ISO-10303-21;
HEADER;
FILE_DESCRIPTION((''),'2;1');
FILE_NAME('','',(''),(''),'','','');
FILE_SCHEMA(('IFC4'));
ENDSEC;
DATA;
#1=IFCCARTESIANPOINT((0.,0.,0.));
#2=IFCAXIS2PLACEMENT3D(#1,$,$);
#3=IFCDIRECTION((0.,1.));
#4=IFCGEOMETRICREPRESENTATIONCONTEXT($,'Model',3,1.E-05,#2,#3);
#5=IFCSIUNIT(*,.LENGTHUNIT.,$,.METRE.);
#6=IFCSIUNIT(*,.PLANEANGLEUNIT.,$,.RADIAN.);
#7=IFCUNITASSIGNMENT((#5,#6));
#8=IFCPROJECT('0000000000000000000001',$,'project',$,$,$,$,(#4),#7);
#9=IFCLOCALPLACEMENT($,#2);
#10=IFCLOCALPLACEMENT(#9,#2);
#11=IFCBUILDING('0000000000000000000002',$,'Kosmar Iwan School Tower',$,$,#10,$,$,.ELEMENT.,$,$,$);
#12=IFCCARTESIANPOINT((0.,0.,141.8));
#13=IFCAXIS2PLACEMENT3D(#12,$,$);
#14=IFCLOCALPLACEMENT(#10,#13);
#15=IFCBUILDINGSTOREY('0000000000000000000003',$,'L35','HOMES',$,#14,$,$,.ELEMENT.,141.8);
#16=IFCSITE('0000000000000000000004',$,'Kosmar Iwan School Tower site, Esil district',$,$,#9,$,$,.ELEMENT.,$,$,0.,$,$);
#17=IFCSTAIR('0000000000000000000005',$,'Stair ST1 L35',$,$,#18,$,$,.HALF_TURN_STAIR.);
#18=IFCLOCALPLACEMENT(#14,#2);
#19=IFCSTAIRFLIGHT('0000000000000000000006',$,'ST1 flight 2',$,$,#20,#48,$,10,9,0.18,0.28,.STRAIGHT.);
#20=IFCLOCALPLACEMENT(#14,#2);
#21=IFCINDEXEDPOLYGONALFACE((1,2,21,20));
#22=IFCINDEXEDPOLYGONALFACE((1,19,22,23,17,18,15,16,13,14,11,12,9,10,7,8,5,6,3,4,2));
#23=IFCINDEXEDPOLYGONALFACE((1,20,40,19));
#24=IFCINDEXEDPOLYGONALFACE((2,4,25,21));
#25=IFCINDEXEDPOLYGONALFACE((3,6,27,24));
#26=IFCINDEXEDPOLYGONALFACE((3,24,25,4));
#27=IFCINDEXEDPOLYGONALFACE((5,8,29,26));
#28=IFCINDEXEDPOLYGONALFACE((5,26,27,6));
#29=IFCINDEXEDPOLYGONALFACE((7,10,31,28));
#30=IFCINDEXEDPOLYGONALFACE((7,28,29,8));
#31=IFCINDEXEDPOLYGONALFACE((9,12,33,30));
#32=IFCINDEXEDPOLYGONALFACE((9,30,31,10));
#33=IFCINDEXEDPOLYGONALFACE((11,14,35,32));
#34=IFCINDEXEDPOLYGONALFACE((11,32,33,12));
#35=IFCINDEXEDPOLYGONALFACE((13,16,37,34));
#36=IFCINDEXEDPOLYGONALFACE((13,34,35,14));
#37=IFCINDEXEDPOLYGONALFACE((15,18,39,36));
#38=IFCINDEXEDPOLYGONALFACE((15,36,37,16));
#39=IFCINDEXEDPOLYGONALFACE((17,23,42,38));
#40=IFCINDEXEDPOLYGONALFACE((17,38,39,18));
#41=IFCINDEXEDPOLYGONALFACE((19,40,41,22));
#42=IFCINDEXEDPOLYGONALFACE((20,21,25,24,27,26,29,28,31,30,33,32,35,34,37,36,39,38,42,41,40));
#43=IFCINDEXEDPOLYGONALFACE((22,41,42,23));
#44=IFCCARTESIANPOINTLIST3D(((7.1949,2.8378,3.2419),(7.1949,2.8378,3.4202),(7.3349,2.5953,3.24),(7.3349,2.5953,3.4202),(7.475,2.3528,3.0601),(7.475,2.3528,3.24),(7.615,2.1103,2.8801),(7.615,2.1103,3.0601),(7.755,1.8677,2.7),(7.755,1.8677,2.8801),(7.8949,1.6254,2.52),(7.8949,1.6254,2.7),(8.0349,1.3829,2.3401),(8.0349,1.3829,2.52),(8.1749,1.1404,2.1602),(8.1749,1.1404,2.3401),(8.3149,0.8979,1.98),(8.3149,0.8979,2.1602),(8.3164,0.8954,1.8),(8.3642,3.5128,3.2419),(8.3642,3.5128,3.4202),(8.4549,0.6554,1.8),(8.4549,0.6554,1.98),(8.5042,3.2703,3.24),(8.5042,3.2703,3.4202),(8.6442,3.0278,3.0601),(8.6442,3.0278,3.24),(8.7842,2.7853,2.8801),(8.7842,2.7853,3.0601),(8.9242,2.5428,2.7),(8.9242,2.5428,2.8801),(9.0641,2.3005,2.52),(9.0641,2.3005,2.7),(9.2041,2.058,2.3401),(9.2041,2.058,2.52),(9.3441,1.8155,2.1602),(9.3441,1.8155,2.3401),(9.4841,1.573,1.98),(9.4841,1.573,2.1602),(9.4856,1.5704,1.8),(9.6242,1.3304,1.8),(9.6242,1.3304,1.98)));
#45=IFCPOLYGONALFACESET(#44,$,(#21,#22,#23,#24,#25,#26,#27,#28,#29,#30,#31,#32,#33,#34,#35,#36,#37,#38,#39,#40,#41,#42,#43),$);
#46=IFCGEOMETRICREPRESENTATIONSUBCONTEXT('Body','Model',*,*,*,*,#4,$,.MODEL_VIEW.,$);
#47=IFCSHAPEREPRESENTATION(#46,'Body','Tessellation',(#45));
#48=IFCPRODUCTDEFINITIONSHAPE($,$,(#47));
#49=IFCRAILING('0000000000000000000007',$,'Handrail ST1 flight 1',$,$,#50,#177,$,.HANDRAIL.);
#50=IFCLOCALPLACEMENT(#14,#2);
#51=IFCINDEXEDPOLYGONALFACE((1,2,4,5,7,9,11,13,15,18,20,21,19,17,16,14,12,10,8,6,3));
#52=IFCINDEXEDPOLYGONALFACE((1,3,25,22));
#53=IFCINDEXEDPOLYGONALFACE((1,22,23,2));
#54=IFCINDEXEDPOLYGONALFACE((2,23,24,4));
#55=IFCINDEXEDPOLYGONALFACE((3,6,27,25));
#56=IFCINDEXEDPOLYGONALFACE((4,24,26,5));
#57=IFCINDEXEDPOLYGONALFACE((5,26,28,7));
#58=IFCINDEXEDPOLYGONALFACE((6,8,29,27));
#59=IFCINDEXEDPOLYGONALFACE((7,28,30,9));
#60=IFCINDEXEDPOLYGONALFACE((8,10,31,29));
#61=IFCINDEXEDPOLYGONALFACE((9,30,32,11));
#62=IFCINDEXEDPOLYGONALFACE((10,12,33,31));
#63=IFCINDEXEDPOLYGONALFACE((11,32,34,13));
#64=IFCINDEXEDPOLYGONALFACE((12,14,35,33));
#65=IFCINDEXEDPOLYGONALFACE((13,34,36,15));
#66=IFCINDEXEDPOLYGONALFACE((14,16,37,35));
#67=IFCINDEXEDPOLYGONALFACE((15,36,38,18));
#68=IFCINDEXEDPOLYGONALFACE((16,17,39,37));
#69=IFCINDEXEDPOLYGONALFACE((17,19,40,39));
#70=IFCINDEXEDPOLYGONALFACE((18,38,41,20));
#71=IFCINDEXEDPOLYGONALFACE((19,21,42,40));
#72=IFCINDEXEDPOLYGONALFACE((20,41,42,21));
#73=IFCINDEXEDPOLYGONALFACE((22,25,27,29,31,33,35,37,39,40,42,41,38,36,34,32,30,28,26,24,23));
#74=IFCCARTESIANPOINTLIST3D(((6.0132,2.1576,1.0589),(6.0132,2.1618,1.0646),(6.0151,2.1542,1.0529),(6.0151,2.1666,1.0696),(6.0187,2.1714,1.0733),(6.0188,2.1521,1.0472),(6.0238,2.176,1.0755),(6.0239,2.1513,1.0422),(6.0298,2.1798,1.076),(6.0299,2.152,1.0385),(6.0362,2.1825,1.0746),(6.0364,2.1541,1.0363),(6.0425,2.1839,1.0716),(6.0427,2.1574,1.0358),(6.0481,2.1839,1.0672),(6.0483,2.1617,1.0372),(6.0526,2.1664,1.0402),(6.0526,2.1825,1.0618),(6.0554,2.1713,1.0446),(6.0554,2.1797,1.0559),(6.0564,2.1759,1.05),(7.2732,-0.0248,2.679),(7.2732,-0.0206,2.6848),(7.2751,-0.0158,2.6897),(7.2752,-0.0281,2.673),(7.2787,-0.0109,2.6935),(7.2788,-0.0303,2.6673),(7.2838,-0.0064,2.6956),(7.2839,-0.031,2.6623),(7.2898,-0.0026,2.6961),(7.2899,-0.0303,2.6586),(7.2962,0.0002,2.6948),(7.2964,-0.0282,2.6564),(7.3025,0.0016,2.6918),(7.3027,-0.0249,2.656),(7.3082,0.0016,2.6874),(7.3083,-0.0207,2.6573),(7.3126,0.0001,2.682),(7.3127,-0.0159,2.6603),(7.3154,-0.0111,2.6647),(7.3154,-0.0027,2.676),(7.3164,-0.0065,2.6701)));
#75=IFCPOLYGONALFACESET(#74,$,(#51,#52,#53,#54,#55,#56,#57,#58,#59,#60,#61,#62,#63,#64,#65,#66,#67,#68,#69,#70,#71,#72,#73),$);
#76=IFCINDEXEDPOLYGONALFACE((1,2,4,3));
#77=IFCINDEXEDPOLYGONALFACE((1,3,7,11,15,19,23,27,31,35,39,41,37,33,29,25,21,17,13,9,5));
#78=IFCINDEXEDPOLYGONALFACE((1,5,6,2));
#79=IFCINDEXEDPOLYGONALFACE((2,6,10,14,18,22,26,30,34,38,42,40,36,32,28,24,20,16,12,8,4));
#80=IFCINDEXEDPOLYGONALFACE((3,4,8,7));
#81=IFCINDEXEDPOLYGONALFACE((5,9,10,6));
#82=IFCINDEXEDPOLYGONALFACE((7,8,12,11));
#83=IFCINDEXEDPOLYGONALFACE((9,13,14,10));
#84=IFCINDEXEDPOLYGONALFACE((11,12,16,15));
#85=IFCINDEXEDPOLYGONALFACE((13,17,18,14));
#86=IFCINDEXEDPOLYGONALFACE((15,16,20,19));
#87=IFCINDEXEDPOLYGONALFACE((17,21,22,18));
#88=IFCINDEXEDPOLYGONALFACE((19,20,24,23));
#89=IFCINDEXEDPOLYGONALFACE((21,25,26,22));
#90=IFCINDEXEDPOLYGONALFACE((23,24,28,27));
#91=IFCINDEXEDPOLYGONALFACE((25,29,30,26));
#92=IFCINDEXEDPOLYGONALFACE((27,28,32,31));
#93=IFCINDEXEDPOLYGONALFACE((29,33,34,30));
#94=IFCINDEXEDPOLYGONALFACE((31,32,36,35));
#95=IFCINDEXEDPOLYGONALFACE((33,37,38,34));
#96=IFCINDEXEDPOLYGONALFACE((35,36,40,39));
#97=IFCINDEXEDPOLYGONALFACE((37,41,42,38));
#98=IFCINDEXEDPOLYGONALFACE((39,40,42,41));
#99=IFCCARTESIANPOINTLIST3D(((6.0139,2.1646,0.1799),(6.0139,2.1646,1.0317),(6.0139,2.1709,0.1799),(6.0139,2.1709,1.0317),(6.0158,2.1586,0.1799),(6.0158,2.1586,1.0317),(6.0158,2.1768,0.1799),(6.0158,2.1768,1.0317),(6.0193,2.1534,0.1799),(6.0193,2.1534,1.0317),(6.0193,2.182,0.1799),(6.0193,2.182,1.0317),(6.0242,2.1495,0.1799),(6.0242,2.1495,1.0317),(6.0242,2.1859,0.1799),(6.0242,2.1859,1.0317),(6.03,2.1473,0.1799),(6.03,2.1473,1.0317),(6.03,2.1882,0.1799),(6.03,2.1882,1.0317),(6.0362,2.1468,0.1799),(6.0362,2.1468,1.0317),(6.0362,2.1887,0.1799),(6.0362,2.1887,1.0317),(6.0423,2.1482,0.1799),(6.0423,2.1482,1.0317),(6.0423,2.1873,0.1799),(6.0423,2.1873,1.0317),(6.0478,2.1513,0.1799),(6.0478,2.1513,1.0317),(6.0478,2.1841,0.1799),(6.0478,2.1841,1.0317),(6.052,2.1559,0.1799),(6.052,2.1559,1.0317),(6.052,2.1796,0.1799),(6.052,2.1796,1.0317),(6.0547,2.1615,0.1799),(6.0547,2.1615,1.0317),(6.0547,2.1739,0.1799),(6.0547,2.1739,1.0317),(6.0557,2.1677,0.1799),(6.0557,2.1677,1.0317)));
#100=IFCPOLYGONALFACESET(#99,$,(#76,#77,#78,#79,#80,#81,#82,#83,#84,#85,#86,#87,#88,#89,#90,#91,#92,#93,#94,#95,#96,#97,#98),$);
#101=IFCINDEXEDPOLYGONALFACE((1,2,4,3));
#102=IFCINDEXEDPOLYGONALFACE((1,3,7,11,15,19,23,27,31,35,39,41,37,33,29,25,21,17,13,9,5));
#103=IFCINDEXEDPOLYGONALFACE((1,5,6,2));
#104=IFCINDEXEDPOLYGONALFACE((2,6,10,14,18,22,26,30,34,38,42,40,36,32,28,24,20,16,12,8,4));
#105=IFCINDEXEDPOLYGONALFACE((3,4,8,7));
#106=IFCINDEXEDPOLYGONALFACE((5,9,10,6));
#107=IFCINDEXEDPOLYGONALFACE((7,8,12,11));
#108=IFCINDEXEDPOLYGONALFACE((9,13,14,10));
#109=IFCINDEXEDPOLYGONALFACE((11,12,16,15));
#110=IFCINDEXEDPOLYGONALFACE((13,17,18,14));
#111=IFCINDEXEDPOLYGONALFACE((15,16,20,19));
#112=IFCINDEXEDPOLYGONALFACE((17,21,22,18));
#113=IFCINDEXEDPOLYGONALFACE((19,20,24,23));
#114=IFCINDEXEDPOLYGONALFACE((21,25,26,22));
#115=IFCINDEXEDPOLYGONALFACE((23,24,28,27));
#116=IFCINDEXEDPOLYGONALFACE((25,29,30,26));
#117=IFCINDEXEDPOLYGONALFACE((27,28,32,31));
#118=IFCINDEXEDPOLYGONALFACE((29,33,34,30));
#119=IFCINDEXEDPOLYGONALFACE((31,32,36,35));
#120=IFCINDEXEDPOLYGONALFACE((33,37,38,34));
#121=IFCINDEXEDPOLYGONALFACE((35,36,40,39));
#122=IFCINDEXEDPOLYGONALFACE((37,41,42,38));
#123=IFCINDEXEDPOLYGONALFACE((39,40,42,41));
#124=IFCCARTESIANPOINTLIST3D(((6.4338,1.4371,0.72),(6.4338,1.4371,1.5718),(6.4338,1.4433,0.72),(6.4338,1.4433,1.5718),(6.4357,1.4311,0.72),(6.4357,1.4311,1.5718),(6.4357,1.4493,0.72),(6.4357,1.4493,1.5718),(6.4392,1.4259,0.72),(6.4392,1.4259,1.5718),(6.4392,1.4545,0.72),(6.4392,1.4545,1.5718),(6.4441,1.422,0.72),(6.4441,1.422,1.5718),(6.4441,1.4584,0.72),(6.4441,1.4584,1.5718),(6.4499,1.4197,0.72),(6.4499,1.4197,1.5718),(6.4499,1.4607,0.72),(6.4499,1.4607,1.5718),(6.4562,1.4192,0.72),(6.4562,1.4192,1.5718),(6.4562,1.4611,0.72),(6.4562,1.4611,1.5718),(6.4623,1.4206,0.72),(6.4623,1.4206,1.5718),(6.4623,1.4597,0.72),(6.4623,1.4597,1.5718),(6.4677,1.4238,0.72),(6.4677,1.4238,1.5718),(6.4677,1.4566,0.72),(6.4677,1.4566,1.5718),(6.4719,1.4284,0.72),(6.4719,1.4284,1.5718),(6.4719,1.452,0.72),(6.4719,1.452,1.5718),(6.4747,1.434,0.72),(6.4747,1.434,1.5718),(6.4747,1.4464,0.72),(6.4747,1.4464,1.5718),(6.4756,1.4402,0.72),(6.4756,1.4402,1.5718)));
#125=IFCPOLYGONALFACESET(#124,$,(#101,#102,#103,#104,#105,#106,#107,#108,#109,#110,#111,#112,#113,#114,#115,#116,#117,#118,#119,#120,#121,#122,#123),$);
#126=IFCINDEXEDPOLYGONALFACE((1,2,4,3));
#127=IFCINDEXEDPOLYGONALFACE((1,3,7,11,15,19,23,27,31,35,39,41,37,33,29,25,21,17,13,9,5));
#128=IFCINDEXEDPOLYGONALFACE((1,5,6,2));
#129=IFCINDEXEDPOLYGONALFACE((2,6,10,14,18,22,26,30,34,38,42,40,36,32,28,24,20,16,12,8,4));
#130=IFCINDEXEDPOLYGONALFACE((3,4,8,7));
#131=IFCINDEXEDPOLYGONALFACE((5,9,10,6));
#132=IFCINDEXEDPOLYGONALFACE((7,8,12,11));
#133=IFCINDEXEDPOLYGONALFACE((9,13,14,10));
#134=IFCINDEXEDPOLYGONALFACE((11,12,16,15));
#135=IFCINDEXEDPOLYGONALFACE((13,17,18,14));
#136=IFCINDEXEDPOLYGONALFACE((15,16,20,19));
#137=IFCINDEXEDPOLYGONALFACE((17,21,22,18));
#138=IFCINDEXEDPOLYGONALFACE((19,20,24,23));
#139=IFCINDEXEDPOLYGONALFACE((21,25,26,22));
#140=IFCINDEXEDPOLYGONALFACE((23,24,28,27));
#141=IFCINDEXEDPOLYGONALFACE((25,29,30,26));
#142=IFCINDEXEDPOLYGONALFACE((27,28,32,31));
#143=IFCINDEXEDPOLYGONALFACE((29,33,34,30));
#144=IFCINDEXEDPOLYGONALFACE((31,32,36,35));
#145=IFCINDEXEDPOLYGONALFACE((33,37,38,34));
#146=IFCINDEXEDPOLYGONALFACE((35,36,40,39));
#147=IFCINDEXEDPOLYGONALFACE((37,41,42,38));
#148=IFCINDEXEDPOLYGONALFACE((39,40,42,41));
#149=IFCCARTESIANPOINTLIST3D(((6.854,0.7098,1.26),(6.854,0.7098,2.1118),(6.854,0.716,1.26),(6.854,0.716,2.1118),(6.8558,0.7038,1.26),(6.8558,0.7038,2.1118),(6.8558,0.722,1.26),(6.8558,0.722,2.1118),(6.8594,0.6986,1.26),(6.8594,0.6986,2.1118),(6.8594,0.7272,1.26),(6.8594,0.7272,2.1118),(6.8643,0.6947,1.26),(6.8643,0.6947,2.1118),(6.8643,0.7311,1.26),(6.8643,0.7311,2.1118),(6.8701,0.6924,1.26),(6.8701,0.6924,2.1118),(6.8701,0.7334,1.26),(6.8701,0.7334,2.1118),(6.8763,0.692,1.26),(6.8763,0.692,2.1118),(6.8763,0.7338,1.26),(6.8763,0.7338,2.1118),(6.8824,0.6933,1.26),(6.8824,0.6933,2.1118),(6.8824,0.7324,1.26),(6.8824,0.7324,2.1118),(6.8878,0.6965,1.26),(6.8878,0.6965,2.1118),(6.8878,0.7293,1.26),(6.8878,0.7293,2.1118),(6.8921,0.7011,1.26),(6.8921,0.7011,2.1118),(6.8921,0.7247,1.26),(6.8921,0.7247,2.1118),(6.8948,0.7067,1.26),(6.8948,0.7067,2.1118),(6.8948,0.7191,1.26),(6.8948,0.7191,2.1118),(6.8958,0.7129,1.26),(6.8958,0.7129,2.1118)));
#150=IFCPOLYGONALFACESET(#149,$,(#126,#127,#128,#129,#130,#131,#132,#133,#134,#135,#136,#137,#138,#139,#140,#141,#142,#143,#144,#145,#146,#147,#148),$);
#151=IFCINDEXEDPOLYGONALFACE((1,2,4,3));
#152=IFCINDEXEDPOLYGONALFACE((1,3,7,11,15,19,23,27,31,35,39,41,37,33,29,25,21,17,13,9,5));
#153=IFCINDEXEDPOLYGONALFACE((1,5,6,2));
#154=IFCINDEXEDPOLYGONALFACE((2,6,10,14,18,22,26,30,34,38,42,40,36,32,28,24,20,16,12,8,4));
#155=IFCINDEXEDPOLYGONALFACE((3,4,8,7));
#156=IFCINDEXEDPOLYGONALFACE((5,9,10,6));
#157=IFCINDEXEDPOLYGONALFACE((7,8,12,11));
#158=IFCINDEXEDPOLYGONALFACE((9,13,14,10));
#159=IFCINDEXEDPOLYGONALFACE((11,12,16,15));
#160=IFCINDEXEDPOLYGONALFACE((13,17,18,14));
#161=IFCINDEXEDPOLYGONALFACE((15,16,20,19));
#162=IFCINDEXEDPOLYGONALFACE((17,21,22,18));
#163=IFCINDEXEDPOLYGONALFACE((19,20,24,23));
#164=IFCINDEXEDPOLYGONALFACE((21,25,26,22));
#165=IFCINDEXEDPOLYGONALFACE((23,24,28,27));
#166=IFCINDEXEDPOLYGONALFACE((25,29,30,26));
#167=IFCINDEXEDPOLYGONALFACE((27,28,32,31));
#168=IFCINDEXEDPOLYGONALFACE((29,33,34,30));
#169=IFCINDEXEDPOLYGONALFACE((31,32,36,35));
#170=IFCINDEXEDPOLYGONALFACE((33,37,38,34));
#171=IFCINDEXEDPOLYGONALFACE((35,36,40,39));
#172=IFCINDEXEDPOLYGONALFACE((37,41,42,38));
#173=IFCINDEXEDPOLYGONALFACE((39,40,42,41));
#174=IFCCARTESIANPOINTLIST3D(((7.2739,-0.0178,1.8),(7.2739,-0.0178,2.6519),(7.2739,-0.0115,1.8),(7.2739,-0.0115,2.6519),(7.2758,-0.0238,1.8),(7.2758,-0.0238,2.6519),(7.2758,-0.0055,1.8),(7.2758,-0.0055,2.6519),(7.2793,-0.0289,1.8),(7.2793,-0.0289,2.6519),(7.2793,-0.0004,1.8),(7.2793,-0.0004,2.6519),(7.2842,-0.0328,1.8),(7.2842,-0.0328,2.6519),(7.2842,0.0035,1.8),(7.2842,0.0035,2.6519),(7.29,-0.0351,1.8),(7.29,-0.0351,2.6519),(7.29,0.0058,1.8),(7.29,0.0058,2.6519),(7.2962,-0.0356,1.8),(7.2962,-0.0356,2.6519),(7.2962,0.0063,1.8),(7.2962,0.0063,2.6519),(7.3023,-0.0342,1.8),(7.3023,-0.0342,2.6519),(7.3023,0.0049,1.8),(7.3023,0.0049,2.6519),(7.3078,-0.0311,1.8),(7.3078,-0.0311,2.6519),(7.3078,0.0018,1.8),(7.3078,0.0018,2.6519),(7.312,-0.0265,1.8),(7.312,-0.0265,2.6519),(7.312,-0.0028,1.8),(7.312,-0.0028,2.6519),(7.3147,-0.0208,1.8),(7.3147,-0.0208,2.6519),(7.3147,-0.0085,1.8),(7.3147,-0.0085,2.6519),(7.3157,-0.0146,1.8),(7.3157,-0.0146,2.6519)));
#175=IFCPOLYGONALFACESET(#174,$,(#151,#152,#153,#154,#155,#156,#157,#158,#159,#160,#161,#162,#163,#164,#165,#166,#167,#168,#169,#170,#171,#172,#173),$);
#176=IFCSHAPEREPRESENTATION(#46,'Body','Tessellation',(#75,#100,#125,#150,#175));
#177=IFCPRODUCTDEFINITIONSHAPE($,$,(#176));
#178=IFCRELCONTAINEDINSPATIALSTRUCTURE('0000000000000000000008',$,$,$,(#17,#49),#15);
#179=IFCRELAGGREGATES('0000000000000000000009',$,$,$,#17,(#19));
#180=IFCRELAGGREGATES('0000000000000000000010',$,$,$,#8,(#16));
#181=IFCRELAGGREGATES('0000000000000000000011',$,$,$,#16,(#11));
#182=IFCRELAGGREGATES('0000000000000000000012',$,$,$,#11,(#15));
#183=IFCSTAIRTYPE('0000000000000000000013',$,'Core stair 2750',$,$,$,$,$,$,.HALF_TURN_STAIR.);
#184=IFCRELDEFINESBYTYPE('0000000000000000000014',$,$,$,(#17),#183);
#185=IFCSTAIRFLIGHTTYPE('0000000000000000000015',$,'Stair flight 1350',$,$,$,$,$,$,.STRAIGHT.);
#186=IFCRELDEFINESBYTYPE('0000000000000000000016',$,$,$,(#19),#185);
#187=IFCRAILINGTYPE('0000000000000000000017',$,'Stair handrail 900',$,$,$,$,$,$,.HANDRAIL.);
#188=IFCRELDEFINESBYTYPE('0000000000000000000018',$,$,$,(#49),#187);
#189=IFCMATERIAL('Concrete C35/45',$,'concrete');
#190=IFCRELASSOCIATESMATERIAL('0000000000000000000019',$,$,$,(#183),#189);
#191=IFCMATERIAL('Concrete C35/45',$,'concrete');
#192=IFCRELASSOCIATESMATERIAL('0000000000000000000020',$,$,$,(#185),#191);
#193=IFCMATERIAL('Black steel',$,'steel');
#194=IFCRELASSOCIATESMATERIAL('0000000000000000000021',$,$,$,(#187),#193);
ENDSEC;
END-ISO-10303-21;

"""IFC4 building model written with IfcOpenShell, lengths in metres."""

from ifc_helpers import new_model, si_unit, direction, frame, origin, origin_2d, place, context, subcontext, project, spatial, polyline, circle, outline, extrude, material, type_object, element, aggregate, save


model = new_model("IFC4")

# Units and contexts
model_context = context("Model", 3, precision=1e-05, world=origin(), true_north=direction((0.0, 1.0)))
body_context = subcontext(model_context, "Body", "Model", "MODEL_VIEW")
ifc_project = project(units=[si_unit("LENGTHUNIT", "METRE"), si_unit("PLANEANGLEUNIT", "RADIAN")], contexts=[model_context])

# Site, building, storey
site_placement = place(None, origin())
site = spatial("IfcSite", under=ifc_project, at=site_placement, Name="Kosmar Iwan School Tower site, Esil district", CompositionType="ELEMENT", RefElevation=0.0)
building_placement = place(site_placement, origin())
building = spatial("IfcBuilding", under=site, at=building_placement, Name="Kosmar Iwan School Tower", CompositionType="ELEMENT")
storey_placement = place(building_placement, frame((0.0, 0.0, 141.8)))
storey = spatial("IfcBuildingStorey", under=building, at=storey_placement, Name="L35", Description="HOMES", CompositionType="ELEMENT", Elevation=141.8)

# Stair
ifc_material_1 = material(Name="Concrete C35/45", Category="concrete")
stair_type_1 = type_object("IfcStairType", Name="Core stair 2750", PredefinedType="HALF_TURN_STAIR", material=ifc_material_1)
stair_1_placement = place(storey_placement, origin())
stair_1 = element("IfcStair", 1, at=stair_1_placement, inside=storey, type_object=stair_type_1, Name="Stair ST1 L35", PredefinedType="HALF_TURN_STAIR")

# Stair flight
ifc_material_2 = material(Name="Concrete C35/45", Category="concrete")
stair_flight_type = type_object("IfcStairFlightType", Name="Stair flight 1350", PredefinedType="STRAIGHT", material=ifc_material_2)
stair_flight_1_placement = place(storey_placement, frame((9.0396, 0.9929, 1.8), z_axis=(0.0, 0.0, 1.0), x_axis=(-0.5, 0.866025, 0.0)))
stair_flight_1 = element("IfcStairFlight", 2, at=stair_flight_1_placement, type_object=stair_flight_type, Name="ST1 flight 2", NumberOfRisers=10, NumberOfTreads=9, PredefinedType="STRAIGHT", RiserHeight=0.18, TreadLength=0.28, context=body_context, shape_type="SweptSolid", body=[
    extrude(outline(polyline([(0.0, 0.0), (0.0, 0.1799), (0.28, 0.1799), (0.28, 0.3601), (0.5601, 0.3601), (0.5601, 0.54), (0.8401, 0.54), (0.8401, 0.72), (1.1201, 0.72), (1.1201, 0.8999), (1.3999, 0.8999), (1.3999, 1.0801), (1.6799, 1.0801), (1.6799, 1.26), (1.96, 1.26), (1.96, 1.4399), (2.24, 1.4399), (2.24, 1.6201), (2.52, 1.6201), (2.52, 1.8), (2.52, 1.4419), (0.2771, 0.0), (0.0, 0.0)])), frame((0.0, 0.675, 0.0), z_axis=(0.0, -1.0, 0.0), x_axis=(1.0, 0.0, 0.0)), (0.0, 0.0, 1.0), 1.3501),
])
aggregate(stair_1, [stair_flight_1])

# Railing
ifc_material_3 = material(Name="Black steel", Category="steel")
railing_type = type_object("IfcRailingType", Name="Stair handrail 900", PredefinedType="HANDRAIL", material=ifc_material_3)
railing_placement = place(storey_placement, frame((6.0347, 2.1677, 0.1799)))
element("IfcRailing", 3, at=railing_placement, inside=storey, type_object=railing_type, Name="Handrail ST1 flight 1", PredefinedType="HANDRAIL", context=body_context, shape_type="SweptSolid", body=[
    extrude(circle(Radius=0.0239, at=origin_2d()), frame((0.0, 0.0, 0.876), z_axis=(0.420584, -0.728464, 0.540786), x_axis=(0.866023, 0.500005, 0.0)), (0.0, 0.0, 1.0), 2.9958),
    extrude(circle(Radius=0.021, at=origin_2d()), origin(), (0.0, 0.0, 1.0), 0.8518),
    extrude(circle(Radius=0.021, at=origin_2d()), frame((0.4199, -0.7275, 0.54)), (0.0, 0.0, 1.0), 0.8518),
    extrude(circle(Radius=0.021, at=origin_2d()), frame((0.8401, -1.4548, 1.0801)), (0.0, 0.0, 1.0), 0.8518),
    extrude(circle(Radius=0.021, at=origin_2d()), frame((1.26, -2.1824, 1.6201)), (0.0, 0.0, 1.0), 0.8518),
])

save(model, "model.ifc")
